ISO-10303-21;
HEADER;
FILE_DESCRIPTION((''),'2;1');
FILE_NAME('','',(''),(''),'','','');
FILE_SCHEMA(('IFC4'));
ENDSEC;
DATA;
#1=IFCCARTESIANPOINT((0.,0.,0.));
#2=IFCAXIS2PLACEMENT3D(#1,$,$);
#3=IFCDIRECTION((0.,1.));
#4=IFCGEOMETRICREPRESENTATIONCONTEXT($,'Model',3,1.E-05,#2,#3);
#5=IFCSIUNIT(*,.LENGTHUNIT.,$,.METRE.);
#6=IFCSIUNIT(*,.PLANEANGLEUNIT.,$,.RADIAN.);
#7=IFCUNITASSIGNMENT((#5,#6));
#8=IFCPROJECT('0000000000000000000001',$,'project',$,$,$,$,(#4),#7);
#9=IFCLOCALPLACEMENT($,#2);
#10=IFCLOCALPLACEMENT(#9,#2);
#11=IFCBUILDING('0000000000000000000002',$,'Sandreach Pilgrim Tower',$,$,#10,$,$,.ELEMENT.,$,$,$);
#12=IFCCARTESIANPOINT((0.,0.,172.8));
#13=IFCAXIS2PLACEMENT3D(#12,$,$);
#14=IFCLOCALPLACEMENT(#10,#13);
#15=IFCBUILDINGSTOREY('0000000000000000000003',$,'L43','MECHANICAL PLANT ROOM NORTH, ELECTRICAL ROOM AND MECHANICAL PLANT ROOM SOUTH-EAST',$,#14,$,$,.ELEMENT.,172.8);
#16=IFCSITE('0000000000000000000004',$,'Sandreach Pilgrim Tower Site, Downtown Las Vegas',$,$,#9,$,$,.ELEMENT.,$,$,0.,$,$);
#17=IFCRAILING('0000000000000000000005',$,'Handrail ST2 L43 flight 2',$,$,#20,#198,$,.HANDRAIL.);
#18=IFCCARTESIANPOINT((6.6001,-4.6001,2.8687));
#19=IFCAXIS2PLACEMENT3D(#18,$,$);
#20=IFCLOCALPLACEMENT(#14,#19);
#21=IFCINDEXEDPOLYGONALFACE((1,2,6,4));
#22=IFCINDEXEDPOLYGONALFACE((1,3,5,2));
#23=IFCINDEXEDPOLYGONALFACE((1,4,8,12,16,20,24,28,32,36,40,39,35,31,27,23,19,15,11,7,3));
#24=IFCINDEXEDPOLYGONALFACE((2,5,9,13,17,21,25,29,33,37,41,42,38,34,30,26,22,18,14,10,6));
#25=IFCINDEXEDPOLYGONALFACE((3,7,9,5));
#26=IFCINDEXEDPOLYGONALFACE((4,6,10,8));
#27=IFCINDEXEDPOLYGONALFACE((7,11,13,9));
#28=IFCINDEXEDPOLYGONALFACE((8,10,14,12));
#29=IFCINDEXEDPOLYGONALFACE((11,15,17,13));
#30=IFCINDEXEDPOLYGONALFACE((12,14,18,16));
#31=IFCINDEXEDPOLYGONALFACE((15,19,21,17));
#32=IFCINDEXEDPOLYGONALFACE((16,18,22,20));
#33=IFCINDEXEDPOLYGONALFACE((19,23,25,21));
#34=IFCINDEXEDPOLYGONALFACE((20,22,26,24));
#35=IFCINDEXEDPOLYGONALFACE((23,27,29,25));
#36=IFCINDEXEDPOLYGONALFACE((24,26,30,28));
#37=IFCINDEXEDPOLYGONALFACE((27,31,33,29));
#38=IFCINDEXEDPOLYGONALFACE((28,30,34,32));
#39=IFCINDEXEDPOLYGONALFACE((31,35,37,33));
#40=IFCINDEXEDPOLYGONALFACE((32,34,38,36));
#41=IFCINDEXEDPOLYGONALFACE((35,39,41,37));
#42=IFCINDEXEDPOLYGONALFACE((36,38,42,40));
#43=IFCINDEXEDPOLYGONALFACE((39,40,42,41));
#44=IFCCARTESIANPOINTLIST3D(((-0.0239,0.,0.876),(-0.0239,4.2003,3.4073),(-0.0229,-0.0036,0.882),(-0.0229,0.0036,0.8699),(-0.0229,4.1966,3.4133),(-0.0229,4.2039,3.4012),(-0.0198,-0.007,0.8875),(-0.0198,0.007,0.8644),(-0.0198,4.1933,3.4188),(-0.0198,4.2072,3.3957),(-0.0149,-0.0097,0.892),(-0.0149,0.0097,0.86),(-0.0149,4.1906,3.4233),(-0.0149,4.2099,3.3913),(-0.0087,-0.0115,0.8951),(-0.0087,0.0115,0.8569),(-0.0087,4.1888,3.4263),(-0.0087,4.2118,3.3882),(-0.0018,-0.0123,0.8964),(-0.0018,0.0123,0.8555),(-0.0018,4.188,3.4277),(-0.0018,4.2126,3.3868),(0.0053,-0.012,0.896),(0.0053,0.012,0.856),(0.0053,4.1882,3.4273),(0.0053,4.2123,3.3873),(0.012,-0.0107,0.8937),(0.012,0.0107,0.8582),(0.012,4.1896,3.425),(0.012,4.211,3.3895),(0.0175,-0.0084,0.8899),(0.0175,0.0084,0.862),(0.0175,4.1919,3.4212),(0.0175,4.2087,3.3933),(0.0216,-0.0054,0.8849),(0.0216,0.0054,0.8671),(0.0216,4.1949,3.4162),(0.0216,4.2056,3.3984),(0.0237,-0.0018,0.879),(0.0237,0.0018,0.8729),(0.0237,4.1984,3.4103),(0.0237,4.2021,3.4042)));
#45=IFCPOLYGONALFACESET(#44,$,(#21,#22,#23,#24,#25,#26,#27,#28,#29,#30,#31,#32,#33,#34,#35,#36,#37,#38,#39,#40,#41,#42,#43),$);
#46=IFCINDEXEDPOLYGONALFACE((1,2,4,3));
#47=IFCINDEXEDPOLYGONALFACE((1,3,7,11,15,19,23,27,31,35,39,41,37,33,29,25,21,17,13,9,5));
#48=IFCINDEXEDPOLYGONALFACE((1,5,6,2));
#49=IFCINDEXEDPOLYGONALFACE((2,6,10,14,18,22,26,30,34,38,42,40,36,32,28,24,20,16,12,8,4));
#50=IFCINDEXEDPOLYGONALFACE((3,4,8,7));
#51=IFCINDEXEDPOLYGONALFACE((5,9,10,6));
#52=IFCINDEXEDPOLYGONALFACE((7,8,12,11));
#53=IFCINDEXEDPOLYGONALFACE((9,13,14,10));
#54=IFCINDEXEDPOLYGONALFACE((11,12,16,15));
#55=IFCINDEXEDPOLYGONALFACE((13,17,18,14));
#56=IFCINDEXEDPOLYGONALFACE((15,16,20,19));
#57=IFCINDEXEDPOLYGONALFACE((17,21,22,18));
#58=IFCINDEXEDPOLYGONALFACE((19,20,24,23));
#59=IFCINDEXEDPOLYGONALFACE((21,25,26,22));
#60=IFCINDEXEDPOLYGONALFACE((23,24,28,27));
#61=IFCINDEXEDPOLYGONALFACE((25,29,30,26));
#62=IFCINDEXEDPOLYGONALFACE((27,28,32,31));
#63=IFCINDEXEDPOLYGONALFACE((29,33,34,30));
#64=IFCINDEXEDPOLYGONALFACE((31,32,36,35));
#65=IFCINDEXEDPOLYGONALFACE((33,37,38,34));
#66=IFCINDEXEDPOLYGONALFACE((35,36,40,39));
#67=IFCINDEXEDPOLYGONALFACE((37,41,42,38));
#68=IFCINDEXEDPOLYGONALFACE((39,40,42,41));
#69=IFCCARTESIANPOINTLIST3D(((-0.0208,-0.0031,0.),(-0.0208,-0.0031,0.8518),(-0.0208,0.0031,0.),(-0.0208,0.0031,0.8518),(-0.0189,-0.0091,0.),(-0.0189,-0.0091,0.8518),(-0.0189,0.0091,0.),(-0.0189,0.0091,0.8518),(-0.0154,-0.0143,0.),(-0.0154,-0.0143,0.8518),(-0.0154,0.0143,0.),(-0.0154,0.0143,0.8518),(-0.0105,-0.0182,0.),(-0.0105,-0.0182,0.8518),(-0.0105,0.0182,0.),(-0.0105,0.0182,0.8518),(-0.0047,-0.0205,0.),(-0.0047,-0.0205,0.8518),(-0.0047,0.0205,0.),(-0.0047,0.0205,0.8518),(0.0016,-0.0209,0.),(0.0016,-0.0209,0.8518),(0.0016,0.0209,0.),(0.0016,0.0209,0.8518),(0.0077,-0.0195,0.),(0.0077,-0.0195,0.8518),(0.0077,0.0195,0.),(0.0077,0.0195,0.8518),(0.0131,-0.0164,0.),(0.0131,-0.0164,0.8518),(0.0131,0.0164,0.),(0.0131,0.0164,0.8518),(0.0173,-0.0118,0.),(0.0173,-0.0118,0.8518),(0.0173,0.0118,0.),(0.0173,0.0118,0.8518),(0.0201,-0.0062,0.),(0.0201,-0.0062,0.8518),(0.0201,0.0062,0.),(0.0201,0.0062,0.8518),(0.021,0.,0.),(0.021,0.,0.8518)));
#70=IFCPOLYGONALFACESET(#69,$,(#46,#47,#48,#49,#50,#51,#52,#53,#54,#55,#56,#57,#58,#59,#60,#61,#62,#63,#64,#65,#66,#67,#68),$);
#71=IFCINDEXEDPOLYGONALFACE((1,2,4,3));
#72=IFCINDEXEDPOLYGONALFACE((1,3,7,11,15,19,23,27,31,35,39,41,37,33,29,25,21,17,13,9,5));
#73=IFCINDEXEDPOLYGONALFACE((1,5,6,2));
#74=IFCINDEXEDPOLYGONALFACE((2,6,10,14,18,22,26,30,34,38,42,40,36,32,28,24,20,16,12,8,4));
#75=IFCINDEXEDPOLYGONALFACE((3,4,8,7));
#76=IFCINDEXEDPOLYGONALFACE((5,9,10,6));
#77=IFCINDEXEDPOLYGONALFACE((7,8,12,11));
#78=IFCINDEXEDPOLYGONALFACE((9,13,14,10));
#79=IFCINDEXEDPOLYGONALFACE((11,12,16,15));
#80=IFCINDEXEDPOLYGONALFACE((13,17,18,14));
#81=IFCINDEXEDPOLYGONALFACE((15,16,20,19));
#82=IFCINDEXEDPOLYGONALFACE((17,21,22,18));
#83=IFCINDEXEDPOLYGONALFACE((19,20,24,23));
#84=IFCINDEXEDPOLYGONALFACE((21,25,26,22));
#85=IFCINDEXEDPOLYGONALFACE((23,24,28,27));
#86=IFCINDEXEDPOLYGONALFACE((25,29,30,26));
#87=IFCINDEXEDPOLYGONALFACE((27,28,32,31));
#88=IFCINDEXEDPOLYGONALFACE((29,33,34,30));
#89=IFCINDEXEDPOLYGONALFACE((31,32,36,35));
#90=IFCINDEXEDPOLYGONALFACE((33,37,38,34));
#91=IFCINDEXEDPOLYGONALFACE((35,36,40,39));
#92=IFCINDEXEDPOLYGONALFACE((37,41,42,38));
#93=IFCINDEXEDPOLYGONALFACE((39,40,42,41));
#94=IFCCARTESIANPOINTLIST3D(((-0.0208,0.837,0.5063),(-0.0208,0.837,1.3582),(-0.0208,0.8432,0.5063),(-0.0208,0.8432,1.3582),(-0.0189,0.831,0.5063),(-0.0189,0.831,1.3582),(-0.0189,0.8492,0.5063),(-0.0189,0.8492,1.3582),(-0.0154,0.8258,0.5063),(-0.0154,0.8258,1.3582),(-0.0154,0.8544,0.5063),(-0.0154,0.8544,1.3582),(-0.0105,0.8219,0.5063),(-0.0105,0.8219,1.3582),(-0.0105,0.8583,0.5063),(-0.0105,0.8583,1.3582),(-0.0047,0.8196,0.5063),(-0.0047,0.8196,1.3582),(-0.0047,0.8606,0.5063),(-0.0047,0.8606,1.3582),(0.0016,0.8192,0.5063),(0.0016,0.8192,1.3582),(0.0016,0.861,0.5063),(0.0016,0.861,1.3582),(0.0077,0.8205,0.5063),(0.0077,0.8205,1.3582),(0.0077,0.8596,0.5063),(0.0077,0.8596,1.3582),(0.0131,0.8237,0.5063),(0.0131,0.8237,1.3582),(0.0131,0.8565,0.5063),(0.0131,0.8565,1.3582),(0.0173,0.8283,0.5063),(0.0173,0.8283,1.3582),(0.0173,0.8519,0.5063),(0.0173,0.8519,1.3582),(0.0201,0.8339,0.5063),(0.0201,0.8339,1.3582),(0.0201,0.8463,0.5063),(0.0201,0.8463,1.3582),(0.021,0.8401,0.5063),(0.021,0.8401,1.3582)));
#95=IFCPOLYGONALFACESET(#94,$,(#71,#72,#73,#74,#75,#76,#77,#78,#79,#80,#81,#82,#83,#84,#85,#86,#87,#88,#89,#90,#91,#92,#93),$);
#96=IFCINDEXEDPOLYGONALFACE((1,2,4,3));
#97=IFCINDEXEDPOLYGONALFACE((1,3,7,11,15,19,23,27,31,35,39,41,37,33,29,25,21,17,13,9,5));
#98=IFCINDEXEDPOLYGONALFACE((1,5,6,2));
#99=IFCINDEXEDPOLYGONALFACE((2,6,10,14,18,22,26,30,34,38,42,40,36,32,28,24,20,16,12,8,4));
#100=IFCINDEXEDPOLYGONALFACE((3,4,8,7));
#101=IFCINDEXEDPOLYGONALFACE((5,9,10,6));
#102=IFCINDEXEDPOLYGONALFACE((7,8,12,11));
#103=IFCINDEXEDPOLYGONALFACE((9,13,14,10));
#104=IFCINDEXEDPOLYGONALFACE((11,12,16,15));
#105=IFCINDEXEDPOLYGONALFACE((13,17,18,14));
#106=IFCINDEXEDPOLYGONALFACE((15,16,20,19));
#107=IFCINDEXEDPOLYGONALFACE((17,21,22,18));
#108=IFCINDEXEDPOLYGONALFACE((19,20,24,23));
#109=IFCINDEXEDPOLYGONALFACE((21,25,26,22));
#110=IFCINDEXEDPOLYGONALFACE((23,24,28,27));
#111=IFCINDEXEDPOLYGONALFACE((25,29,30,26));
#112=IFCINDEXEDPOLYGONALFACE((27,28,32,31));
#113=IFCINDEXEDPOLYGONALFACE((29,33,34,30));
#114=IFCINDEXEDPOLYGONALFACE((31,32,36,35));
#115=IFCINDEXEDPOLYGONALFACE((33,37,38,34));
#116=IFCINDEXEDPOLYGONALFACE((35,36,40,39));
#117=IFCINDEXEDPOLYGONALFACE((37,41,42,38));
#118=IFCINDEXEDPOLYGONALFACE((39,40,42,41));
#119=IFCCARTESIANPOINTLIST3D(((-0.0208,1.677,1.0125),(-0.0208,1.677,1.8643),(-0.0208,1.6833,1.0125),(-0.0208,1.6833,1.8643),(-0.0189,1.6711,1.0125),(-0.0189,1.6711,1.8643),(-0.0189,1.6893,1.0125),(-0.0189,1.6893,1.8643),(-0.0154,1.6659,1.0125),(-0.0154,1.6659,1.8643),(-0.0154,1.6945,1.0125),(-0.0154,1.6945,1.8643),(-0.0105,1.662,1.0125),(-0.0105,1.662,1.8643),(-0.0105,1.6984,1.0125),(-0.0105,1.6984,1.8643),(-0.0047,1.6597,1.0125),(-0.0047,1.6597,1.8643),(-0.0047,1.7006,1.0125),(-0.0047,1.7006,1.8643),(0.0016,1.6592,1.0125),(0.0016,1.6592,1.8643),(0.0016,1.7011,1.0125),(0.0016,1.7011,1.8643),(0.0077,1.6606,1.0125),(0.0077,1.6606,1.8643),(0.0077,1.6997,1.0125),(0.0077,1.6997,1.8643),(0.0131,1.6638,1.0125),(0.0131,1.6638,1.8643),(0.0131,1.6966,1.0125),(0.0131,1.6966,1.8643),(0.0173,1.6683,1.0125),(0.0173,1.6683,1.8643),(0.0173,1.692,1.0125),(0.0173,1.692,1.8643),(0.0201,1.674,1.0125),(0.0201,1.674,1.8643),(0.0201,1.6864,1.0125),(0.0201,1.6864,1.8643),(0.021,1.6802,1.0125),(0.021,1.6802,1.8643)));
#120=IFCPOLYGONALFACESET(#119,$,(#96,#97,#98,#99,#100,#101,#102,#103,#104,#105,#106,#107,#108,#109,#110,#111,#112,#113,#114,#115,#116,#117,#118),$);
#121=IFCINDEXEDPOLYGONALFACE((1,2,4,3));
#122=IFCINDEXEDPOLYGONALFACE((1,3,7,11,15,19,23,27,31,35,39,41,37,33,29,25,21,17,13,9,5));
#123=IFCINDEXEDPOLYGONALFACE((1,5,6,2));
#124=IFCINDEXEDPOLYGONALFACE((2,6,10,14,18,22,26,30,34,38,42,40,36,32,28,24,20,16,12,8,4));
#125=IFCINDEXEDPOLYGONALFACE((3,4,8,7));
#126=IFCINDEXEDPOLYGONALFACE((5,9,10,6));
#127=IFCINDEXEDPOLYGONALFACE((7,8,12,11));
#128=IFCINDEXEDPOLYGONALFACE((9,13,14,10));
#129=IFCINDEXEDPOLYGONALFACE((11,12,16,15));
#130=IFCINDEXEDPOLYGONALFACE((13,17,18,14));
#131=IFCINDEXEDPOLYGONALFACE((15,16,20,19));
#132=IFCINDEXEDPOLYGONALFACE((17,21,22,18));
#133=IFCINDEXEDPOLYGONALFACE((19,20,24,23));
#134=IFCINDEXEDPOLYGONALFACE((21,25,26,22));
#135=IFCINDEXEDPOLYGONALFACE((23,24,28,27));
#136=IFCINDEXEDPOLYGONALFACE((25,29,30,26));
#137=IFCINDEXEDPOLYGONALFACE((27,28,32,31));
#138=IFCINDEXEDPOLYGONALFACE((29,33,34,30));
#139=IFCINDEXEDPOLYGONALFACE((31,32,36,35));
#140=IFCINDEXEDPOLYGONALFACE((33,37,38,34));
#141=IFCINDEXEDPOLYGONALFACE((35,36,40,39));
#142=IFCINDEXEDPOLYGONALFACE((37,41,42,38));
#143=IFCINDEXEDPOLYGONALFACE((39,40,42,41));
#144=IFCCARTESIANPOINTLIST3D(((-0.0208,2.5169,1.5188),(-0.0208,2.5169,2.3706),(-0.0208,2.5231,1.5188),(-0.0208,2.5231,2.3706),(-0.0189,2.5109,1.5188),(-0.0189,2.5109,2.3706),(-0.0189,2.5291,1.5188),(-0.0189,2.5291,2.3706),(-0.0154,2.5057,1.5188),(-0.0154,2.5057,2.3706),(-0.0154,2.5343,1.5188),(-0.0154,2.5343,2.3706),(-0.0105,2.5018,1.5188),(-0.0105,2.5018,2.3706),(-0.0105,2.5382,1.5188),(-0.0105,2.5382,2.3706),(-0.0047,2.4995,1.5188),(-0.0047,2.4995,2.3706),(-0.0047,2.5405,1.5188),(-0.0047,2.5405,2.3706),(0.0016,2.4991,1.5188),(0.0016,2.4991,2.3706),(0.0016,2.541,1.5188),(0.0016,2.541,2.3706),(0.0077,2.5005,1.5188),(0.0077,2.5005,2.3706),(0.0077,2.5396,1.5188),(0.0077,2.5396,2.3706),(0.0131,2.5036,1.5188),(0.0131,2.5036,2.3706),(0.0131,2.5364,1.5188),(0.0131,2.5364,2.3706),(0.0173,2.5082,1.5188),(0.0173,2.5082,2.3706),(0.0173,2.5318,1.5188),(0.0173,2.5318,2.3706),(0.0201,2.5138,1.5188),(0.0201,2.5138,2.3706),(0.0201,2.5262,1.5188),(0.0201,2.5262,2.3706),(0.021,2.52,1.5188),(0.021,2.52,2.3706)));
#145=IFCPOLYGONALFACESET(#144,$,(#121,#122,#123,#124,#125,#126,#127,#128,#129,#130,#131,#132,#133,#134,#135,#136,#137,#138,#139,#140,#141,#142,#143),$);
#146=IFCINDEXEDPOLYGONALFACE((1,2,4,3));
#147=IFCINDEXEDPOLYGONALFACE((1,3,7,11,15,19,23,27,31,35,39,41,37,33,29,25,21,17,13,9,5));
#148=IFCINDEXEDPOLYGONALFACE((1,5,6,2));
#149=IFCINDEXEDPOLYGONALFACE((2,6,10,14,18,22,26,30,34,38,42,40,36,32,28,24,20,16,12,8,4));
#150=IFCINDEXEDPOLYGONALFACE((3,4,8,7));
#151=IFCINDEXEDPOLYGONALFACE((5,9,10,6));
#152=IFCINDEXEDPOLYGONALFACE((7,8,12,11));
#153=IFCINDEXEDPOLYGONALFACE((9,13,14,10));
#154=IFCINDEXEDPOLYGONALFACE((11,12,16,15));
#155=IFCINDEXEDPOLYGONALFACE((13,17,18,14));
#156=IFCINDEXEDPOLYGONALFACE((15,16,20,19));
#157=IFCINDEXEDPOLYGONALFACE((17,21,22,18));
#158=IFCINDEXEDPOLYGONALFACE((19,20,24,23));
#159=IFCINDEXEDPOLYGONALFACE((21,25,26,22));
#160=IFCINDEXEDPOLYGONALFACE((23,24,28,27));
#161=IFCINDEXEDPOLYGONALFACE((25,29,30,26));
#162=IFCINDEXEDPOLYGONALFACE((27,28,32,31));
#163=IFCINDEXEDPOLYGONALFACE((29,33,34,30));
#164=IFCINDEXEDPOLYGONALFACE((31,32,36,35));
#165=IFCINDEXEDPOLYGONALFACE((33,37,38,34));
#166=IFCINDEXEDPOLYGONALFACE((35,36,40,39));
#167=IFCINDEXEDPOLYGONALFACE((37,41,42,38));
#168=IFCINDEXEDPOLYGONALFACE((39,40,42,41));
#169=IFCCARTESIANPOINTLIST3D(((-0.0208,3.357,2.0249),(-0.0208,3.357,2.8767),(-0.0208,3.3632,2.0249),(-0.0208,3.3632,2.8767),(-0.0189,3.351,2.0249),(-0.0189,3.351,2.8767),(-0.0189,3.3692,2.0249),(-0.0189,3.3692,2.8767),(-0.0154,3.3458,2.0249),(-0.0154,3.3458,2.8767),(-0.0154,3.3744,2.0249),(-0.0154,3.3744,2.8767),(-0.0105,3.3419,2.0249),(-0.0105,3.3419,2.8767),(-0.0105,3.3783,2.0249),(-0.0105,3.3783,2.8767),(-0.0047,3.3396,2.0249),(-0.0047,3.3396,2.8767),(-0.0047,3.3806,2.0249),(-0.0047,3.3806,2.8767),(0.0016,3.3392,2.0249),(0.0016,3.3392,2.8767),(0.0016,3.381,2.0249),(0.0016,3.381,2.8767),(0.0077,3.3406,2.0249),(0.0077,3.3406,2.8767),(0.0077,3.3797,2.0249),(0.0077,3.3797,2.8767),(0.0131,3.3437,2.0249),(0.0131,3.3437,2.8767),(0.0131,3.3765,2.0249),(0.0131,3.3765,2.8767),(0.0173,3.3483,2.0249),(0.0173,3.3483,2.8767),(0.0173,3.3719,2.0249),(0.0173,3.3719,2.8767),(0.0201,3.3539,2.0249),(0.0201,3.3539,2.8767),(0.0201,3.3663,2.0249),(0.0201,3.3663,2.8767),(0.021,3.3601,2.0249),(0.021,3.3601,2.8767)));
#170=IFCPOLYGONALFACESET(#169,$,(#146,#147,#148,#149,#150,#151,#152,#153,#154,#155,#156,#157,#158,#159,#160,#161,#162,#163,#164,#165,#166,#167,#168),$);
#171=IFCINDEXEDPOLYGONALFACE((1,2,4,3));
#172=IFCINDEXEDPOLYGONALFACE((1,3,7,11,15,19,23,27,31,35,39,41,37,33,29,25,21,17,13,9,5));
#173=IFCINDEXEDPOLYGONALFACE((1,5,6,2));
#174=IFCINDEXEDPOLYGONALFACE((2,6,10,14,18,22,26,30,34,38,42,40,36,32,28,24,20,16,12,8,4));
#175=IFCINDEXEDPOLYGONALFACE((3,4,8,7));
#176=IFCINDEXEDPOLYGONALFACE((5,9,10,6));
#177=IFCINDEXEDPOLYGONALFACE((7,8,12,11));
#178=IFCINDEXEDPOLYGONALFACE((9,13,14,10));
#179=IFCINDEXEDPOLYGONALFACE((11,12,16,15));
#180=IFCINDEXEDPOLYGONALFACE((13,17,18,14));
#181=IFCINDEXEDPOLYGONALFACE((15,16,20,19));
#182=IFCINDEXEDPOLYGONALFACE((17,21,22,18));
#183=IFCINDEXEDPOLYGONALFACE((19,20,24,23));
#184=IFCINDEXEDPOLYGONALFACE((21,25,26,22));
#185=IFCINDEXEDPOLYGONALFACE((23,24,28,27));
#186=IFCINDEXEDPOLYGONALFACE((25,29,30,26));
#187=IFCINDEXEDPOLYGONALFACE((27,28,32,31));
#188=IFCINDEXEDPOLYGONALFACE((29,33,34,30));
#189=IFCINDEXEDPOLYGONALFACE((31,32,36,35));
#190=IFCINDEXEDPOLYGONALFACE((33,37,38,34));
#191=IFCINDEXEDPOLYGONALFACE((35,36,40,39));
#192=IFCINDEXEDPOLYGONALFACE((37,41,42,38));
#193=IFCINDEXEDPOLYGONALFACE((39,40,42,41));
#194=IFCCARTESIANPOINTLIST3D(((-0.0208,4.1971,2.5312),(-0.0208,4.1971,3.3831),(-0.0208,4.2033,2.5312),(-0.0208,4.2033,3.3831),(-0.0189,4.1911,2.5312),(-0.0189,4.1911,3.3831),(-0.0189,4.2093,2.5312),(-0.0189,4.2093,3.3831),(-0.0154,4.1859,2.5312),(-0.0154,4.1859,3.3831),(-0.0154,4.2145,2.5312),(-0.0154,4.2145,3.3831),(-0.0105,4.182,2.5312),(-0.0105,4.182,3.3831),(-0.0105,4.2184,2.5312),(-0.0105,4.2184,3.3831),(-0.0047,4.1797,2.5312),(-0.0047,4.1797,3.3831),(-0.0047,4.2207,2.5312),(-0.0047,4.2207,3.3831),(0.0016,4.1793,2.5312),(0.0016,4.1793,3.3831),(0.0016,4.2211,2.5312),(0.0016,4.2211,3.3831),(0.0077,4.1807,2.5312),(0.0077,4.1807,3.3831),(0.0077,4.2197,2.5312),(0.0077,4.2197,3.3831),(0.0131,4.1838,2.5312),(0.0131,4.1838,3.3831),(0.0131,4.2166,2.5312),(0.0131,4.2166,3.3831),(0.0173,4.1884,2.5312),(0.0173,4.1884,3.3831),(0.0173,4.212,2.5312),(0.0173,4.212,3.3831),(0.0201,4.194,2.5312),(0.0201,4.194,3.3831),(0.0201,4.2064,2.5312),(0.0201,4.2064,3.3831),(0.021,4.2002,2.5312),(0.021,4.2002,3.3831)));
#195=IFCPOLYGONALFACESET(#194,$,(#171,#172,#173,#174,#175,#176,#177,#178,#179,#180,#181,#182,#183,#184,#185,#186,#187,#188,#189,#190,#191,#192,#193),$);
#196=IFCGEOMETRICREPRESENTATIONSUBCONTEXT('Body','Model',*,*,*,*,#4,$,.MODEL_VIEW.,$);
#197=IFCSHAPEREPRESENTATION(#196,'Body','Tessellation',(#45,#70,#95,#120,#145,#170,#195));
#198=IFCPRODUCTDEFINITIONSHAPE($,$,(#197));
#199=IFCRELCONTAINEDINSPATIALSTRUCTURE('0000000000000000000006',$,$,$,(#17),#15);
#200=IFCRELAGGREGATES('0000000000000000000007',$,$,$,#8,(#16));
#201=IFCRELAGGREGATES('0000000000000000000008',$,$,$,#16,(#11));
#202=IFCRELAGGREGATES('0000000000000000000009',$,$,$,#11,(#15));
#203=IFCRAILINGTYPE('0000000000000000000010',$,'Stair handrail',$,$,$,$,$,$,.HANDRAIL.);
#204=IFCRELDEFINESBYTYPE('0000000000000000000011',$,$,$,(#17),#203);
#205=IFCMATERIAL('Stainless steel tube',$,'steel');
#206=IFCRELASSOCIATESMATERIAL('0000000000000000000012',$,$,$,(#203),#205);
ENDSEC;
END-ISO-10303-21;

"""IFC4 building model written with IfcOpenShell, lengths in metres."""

from ifc_helpers import new_model, si_unit, direction, frame, origin, origin_2d, place, context, subcontext, project, spatial, circle, extrude, material, type_object, element, save


model = new_model("IFC4")

# Units and contexts
model_context = context("Model", 3, precision=1e-05, world=origin(), true_north=direction((0.0, 1.0)))
body_context = subcontext(model_context, "Body", "Model", "MODEL_VIEW")
ifc_project = project(units=[si_unit("LENGTHUNIT", "METRE"), si_unit("PLANEANGLEUNIT", "RADIAN")], contexts=[model_context])

# Site, building, storey
site_placement = place(None, origin())
site = spatial("IfcSite", under=ifc_project, at=site_placement, Name="Sandreach Pilgrim Tower Site, Downtown Las Vegas", CompositionType="ELEMENT", RefElevation=0.0)
building_placement = place(site_placement, origin())
building = spatial("IfcBuilding", under=site, at=building_placement, Name="Sandreach Pilgrim Tower", CompositionType="ELEMENT")
storey_placement = place(building_placement, frame((0.0, 0.0, 172.8)))
storey = spatial("IfcBuildingStorey", under=building, at=storey_placement, Name="L43", Description="MECHANICAL PLANT ROOM NORTH, ELECTRICAL ROOM AND MECHANICAL PLANT ROOM SOUTH-EAST", CompositionType="ELEMENT", Elevation=172.8)

# Railing
ifc_material_1 = material(Name="Stainless steel tube", Category="steel")
railing_type = type_object("IfcRailingType", Name="Stair handrail", PredefinedType="HANDRAIL", material=ifc_material_1)
for number, where, name in (
    (1, (6.6001, -4.6001, 2.8687), "Handrail ST2 L43 flight 2"),
):
    element("IfcRailing", number, at=place(storey_placement, frame(where)), inside=storey, type_object=railing_type, Name=name, PredefinedType="HANDRAIL", context=body_context, shape_type="SweptSolid", body=[
        extrude(circle(Radius=0.0239, at=origin_2d()), frame((0.0, 0.0, 0.876), z_axis=(0.0, 0.85649, 0.516164), x_axis=(-1.0, 0.0, 0.0)), (0.0, 0.0, 1.0), 4.9041),
        extrude(circle(Radius=0.021, at=origin_2d()), origin(), (0.0, 0.0, 1.0), 0.8518),
        extrude(circle(Radius=0.021, at=origin_2d()), frame((0.0, 0.8401, 0.5063)), (0.0, 0.0, 1.0), 0.8518),
        extrude(circle(Radius=0.021, at=origin_2d()), frame((0.0, 1.6802, 1.0125)), (0.0, 0.0, 1.0), 0.8518),
        extrude(circle(Radius=0.021, at=origin_2d()), frame((0.0, 2.52, 1.5188)), (0.0, 0.0, 1.0), 0.8518),
        extrude(circle(Radius=0.021, at=origin_2d()), frame((0.0, 3.3601, 2.0249)), (0.0, 0.0, 1.0), 0.8518),
        extrude(circle(Radius=0.021, at=origin_2d()), frame((0.0, 4.2002, 2.5312)), (0.0, 0.0, 1.0), 0.8518),
    ])

save(model, "model.ifc")
